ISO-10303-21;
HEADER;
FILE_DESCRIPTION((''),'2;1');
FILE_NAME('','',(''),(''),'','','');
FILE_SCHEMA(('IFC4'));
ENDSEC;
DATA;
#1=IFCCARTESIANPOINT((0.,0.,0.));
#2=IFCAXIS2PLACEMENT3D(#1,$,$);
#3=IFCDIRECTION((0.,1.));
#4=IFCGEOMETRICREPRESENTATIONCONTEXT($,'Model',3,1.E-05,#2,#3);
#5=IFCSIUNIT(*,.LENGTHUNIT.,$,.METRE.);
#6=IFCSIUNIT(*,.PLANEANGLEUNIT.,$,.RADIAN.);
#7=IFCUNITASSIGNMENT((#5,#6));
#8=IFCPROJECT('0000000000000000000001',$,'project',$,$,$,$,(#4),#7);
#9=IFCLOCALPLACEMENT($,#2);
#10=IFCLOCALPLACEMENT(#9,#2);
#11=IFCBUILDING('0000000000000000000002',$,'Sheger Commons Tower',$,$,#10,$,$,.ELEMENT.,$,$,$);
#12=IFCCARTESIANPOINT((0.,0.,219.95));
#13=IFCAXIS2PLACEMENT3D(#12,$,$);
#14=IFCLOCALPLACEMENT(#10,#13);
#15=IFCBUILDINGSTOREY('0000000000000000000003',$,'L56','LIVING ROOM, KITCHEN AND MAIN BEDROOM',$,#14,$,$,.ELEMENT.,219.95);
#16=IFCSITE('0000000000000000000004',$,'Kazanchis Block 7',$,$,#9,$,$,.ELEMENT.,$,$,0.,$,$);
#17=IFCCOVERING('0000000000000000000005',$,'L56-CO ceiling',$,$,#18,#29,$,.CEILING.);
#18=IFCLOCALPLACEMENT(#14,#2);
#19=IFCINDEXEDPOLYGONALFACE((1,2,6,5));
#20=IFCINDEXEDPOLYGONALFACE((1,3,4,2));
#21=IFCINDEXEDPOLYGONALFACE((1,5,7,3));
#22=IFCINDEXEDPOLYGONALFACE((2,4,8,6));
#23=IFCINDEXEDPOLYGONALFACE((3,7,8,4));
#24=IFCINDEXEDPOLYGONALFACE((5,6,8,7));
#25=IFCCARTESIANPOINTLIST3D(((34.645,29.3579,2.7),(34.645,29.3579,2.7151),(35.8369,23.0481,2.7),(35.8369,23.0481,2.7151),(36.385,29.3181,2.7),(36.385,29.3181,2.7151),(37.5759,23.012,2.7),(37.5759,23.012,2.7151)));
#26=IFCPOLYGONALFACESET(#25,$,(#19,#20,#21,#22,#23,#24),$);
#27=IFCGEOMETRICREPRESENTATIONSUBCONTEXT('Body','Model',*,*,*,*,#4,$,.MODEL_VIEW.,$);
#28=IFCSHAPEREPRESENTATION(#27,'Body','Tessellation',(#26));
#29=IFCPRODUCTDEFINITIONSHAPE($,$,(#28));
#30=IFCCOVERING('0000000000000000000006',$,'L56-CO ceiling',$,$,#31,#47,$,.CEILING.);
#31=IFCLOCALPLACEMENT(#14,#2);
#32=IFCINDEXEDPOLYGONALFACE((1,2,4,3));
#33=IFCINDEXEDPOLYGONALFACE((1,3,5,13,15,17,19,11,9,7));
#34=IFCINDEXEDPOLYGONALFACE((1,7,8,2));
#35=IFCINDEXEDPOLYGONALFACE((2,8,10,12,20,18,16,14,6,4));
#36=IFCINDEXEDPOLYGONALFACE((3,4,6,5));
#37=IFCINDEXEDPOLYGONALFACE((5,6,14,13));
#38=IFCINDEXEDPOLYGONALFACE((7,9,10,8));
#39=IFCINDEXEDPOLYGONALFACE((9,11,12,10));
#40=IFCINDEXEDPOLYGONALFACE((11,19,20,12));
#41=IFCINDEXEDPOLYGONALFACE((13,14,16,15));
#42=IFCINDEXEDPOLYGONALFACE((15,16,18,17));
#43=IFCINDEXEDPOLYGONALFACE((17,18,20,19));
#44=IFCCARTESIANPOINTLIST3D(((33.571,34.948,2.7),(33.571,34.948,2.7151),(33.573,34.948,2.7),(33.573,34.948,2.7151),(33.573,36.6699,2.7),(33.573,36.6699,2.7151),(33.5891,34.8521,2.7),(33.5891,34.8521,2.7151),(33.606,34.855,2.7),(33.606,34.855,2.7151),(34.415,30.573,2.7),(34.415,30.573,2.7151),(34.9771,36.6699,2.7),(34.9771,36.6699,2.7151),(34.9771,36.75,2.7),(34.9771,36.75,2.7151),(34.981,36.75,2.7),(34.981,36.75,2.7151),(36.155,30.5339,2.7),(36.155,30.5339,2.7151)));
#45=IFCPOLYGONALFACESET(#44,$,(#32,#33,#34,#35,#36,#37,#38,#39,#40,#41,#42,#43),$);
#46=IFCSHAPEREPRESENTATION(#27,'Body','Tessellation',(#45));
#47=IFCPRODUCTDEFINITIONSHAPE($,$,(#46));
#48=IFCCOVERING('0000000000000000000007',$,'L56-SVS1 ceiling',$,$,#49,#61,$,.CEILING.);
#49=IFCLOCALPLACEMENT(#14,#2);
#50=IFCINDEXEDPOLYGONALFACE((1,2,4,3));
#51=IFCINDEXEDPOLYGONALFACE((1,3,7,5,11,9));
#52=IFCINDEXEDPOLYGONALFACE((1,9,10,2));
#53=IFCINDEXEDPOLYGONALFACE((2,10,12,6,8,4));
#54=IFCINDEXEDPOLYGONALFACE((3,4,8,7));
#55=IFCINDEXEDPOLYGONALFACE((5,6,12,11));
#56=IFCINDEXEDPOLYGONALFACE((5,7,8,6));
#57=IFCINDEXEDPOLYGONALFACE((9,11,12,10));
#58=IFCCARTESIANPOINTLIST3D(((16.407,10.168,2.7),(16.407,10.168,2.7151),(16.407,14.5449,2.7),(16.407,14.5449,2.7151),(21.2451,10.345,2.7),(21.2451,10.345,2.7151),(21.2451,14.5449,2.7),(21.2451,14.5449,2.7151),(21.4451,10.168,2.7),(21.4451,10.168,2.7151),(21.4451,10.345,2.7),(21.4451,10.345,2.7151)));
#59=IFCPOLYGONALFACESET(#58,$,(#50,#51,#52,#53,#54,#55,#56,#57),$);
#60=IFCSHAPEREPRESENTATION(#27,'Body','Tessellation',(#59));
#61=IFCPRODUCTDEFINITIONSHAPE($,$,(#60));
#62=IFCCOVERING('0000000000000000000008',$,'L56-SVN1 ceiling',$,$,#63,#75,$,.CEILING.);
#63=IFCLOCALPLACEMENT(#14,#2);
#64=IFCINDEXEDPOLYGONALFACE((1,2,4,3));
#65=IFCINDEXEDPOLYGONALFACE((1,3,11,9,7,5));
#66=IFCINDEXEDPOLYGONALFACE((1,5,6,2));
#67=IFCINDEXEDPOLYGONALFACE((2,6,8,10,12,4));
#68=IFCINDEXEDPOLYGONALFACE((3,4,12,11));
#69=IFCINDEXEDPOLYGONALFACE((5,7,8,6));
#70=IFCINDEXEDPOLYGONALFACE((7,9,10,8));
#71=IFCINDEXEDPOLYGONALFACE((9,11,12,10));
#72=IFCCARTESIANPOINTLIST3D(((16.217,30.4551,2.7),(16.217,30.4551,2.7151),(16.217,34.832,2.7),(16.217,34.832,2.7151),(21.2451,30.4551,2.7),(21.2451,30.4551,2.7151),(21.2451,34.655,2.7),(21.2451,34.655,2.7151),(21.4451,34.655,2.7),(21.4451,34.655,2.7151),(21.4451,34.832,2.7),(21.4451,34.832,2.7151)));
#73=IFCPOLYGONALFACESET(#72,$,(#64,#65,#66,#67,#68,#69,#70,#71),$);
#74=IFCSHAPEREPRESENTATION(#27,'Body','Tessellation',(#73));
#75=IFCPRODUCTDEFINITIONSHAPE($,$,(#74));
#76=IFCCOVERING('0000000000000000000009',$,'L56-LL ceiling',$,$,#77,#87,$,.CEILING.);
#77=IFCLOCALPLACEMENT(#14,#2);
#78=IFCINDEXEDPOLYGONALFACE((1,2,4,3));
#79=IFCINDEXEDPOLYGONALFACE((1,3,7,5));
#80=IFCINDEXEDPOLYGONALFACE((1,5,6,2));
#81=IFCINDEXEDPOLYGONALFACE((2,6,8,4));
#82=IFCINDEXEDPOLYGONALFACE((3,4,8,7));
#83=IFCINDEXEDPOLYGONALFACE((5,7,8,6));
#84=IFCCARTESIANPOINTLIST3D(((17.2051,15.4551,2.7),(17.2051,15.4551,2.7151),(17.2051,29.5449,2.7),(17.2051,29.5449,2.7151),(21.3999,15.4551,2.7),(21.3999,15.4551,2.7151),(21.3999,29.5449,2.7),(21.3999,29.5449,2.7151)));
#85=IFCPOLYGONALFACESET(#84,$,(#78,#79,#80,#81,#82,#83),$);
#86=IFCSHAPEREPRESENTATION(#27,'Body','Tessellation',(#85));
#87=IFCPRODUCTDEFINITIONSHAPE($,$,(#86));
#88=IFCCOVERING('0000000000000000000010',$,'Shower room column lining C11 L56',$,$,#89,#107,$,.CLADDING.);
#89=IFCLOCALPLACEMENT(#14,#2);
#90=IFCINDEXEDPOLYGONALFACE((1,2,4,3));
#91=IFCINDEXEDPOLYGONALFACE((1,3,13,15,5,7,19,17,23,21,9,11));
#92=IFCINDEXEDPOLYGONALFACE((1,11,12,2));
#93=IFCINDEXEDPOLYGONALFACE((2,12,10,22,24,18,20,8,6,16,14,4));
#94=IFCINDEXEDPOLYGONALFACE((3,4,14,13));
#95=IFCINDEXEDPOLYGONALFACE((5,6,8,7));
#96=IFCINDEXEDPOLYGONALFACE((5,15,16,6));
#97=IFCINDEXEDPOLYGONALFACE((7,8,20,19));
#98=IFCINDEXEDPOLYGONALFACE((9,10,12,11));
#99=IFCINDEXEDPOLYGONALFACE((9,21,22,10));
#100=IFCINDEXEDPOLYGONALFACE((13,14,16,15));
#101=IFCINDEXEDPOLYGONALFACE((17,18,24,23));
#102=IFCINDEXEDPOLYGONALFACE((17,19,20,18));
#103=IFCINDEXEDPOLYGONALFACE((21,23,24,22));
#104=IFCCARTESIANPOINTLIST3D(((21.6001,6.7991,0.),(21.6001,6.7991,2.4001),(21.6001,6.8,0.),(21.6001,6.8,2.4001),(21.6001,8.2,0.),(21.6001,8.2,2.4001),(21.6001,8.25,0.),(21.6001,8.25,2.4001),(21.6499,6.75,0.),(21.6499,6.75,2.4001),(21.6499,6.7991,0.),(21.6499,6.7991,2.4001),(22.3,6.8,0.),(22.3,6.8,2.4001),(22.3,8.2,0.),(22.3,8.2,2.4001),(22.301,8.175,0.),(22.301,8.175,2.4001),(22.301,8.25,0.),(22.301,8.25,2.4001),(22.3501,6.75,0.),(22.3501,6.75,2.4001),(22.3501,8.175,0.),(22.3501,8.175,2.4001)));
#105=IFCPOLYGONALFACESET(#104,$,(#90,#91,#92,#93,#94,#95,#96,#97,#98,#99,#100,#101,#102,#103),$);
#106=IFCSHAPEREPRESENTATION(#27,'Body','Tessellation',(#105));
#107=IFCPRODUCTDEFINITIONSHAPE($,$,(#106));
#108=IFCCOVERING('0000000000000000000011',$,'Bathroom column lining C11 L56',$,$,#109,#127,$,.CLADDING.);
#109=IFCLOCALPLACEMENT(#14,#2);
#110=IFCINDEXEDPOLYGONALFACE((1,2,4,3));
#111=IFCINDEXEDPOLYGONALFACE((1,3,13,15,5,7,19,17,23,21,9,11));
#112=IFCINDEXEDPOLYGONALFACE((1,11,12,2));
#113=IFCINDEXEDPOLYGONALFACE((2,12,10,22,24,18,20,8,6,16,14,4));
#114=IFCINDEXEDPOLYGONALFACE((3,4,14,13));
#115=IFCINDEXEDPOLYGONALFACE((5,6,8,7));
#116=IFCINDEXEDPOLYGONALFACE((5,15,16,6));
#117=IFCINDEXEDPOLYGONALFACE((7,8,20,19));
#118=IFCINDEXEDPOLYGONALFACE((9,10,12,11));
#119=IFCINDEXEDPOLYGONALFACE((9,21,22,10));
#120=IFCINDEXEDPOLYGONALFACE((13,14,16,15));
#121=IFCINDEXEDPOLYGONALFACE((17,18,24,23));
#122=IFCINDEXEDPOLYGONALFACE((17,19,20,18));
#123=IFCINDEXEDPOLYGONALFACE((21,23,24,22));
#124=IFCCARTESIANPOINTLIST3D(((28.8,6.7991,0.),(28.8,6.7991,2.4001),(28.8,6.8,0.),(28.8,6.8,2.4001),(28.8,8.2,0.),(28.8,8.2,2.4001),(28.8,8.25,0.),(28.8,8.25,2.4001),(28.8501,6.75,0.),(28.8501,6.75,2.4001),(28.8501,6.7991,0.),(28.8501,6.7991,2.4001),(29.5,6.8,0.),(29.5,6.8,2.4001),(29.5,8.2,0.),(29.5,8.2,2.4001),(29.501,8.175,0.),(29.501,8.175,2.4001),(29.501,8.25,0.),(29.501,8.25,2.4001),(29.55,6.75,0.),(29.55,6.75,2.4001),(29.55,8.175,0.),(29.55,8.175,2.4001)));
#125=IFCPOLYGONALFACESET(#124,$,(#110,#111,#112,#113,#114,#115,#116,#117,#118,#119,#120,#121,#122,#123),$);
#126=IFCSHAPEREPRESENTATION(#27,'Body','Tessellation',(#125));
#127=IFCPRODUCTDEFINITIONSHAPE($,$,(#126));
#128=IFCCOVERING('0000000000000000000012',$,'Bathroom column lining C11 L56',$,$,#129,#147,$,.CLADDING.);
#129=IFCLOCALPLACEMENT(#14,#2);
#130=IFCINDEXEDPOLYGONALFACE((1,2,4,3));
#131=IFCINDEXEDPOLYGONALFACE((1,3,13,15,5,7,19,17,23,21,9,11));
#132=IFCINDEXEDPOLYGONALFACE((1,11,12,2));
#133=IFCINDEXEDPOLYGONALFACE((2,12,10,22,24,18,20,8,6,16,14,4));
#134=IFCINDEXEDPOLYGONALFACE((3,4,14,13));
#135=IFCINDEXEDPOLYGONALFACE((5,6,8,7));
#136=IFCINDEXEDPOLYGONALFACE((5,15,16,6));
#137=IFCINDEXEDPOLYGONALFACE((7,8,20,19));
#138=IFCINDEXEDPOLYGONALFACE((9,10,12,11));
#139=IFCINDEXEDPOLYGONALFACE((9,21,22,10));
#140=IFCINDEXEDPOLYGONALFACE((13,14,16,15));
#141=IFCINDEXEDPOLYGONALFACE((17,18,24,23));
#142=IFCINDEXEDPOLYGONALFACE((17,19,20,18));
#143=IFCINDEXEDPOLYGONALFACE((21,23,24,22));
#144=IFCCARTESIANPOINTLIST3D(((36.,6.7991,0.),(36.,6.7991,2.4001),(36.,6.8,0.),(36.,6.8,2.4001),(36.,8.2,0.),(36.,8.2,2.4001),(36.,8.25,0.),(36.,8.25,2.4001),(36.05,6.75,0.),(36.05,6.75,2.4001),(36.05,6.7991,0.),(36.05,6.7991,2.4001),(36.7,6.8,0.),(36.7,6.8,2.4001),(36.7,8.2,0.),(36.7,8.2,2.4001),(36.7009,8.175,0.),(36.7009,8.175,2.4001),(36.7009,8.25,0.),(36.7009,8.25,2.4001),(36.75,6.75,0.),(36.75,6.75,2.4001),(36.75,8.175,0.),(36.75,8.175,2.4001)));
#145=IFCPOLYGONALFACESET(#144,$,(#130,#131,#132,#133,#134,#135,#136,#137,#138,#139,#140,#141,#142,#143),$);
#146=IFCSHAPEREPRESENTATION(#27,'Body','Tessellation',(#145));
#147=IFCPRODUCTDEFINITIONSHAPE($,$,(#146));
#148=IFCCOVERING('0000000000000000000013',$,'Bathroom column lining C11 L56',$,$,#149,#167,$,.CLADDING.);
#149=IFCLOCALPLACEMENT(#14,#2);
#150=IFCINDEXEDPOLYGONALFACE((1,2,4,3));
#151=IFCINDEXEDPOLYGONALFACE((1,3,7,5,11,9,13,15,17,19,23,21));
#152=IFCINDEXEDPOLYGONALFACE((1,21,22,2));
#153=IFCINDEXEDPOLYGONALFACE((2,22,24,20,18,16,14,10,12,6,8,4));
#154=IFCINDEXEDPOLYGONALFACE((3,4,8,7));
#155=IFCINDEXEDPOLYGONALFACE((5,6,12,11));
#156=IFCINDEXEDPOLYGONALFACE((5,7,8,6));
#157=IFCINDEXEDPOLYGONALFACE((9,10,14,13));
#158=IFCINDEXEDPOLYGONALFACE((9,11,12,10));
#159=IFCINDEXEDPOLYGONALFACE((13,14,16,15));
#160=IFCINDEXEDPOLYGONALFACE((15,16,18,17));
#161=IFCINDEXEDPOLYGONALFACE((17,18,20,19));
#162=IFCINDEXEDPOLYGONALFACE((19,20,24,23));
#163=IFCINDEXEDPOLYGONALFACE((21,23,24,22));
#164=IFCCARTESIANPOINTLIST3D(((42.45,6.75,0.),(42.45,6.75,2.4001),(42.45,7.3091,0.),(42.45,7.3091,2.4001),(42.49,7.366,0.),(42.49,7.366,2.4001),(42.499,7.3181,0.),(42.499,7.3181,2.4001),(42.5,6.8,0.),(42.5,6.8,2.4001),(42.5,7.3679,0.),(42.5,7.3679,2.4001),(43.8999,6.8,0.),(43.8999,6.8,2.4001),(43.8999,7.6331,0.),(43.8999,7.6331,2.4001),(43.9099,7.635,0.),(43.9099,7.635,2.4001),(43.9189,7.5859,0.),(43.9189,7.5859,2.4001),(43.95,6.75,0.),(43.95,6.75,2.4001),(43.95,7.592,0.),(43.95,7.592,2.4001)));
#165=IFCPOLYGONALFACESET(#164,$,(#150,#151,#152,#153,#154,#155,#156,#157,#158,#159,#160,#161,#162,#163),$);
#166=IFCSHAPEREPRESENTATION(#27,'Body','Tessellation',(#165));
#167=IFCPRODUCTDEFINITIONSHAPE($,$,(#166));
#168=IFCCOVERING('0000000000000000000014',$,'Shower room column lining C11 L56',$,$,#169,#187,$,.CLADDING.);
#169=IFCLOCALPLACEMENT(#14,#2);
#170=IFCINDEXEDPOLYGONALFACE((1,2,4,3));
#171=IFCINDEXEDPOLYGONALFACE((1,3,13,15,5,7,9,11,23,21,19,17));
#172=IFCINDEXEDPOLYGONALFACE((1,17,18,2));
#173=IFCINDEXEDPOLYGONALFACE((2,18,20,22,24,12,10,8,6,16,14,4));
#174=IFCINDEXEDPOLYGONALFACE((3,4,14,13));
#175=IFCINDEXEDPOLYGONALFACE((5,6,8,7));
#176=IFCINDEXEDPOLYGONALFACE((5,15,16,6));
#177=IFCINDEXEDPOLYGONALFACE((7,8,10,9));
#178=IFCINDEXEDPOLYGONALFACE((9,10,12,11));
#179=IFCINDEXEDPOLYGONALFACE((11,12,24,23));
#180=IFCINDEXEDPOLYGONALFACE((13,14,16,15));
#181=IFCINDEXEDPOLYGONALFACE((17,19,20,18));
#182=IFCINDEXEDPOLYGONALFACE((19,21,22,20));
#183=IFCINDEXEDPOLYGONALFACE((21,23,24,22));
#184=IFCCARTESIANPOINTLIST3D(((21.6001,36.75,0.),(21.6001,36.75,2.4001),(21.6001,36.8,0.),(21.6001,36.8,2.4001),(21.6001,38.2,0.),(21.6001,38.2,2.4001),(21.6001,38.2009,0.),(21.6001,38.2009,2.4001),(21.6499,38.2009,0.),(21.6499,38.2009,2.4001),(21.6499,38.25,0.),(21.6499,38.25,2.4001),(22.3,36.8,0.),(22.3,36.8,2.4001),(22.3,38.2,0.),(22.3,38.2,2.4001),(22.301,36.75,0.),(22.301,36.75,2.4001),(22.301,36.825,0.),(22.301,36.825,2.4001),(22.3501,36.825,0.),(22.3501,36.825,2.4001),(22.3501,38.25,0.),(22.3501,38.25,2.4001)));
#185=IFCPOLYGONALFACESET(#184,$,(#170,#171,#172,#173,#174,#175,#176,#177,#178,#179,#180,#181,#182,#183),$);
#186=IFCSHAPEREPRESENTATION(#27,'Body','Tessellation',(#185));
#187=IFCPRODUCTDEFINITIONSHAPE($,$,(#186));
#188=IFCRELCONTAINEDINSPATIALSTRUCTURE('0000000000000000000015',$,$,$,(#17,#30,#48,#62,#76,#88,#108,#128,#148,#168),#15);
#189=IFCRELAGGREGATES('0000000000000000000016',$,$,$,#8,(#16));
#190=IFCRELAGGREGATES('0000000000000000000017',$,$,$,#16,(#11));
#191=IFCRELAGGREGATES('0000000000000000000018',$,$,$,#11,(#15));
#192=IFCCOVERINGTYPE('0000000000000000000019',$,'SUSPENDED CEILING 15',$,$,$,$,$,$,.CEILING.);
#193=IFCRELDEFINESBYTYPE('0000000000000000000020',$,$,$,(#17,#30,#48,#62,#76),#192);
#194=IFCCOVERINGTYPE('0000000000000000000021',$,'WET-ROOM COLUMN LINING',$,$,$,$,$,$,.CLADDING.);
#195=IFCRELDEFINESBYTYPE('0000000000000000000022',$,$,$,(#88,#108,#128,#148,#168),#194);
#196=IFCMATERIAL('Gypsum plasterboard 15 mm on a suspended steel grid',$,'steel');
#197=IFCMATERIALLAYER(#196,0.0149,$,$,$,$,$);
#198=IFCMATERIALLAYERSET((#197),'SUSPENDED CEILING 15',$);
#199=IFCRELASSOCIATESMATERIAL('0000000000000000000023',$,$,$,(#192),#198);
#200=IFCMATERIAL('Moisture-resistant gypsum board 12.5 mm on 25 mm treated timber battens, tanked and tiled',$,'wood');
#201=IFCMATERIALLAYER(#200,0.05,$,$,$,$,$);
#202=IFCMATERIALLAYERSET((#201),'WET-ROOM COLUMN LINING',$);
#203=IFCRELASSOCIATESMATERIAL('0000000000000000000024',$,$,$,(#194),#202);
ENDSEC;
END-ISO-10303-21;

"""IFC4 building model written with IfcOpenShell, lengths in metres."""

from ifc_helpers import new_model, si_unit, direction, frame, origin, place, context, subcontext, project, spatial, polyline, outline, extrude, material, layer, layer_set, type_object, element, save


model = new_model("IFC4")

# Units and contexts
model_context = context("Model", 3, precision=1e-05, world=origin(), true_north=direction((0.0, 1.0)))
body_context = subcontext(model_context, "Body", "Model", "MODEL_VIEW")
ifc_project = project(units=[si_unit("LENGTHUNIT", "METRE"), si_unit("PLANEANGLEUNIT", "RADIAN")], contexts=[model_context])

# Site, building, storey
site_placement = place(None, origin())
site = spatial("IfcSite", under=ifc_project, at=site_placement, Name="Kazanchis Block 7", CompositionType="ELEMENT", RefElevation=0.0)
building_placement = place(site_placement, origin())
building = spatial("IfcBuilding", under=site, at=building_placement, Name="Sheger Commons Tower", CompositionType="ELEMENT")
storey_placement = place(building_placement, frame((0.0, 0.0, 219.95)))
storey = spatial("IfcBuildingStorey", under=building, at=storey_placement, Name="L56", Description="LIVING ROOM, KITCHEN AND MAIN BEDROOM", CompositionType="ELEMENT", Elevation=219.95)

# Coverings
ifc_material_1 = material(Name="Gypsum plasterboard 15 mm on a suspended steel grid", Category="steel")
ifc_layer_1 = layer(ifc_material_1, 0.0149)
ifc_layer_set_1 = layer_set([ifc_layer_1], Name="SUSPENDED CEILING 15")
covering_type_1 = type_object("IfcCoveringType", Name="SUSPENDED CEILING 15", PredefinedType="CEILING", material=ifc_layer_set_1)
covering_1_placement = place(storey_placement, frame((0.0, 0.0, 2.7)))
element("IfcCovering", 1, at=covering_1_placement, inside=storey, type_object=covering_type_1, Name="L56-CO ceiling", PredefinedType="CEILING", context=body_context, shape_type="SweptSolid", body=[
    extrude(outline(polyline([(37.5759, 23.012), (36.385, 29.3181), (34.645, 29.3579), (35.8369, 23.0481), (37.5759, 23.012)])), origin(), (0.0, 0.0, 1.0), 0.0151),
])
covering_2_placement = place(storey_placement, frame((0.0, 0.0, 2.7)))
element("IfcCovering", 2, at=covering_2_placement, inside=storey, type_object=covering_type_1, Name="L56-CO ceiling", PredefinedType="CEILING", context=body_context, shape_type="SweptSolid", body=[
    extrude(outline(polyline([(36.155, 30.5339), (34.981, 36.75), (34.9771, 36.75), (34.9771, 36.6699), (33.573, 36.6699), (33.573, 34.948), (33.571, 34.948), (33.5891, 34.8521), (33.606, 34.855), (34.415, 30.573), (36.155, 30.5339)])), origin(), (0.0, 0.0, 1.0), 0.0151),
])
covering_3_placement = place(storey_placement, frame((0.0, 0.0, 2.7)))
element("IfcCovering", 3, at=covering_3_placement, inside=storey, type_object=covering_type_1, Name="L56-SVS1 ceiling", PredefinedType="CEILING", context=body_context, shape_type="SweptSolid", body=[
    extrude(outline(polyline([(16.407, 10.168), (21.4451, 10.168), (21.4451, 10.345), (21.2451, 10.345), (21.2451, 14.5449), (16.407, 14.5449), (16.407, 10.168)])), origin(), (0.0, 0.0, 1.0), 0.0151),
])
covering_4_placement = place(storey_placement, frame((0.0, 0.0, 2.7)))
element("IfcCovering", 4, at=covering_4_placement, inside=storey, type_object=covering_type_1, Name="L56-SVN1 ceiling", PredefinedType="CEILING", context=body_context, shape_type="SweptSolid", body=[
    extrude(outline(polyline([(16.217, 30.4551), (21.2451, 30.4551), (21.2451, 34.655), (21.4451, 34.655), (21.4451, 34.832), (16.217, 34.832), (16.217, 30.4551)])), origin(), (0.0, 0.0, 1.0), 0.0151),
])
covering_5_placement = place(storey_placement, frame((0.0, 0.0, 2.7)))
element("IfcCovering", 5, at=covering_5_placement, inside=storey, type_object=covering_type_1, Name="L56-LL ceiling", PredefinedType="CEILING", context=body_context, shape_type="SweptSolid", body=[
    extrude(outline(polyline([(17.2051, 15.4551), (21.3999, 15.4551), (21.3999, 29.5449), (17.2051, 29.5449), (17.2051, 15.4551)])), origin(), (0.0, 0.0, 1.0), 0.0151),
])
ifc_material_2 = material(Name="Moisture-resistant gypsum board 12.5 mm on 25 mm treated timber battens, tanked and tiled", Category="wood")
ifc_layer_2 = layer(ifc_material_2, 0.05)
ifc_layer_set_2 = layer_set([ifc_layer_2], Name="WET-ROOM COLUMN LINING")
covering_type_2 = type_object("IfcCoveringType", Name="WET-ROOM COLUMN LINING", PredefinedType="CLADDING", material=ifc_layer_set_2)
covering_6_placement = place(storey_placement, origin())
element("IfcCovering", 6, at=covering_6_placement, inside=storey, type_object=covering_type_2, Name="Shower room column lining C11 L56", PredefinedType="CLADDING", context=body_context, shape_type="SweptSolid", body=[
    extrude(outline(polyline([(22.3501, 6.75), (21.6499, 6.75), (21.6499, 6.7991), (21.6001, 6.7991), (21.6001, 6.8), (22.3, 6.8), (22.3, 8.2), (21.6001, 8.2), (21.6001, 8.25), (22.301, 8.25), (22.301, 8.175), (22.3501, 8.175), (22.3501, 6.75)])), origin(), (0.0, 0.0, 1.0), 2.4001),
])
covering_7_placement = place(storey_placement, origin())
element("IfcCovering", 7, at=covering_7_placement, inside=storey, type_object=covering_type_2, Name="Bathroom column lining C11 L56", PredefinedType="CLADDING", context=body_context, shape_type="SweptSolid", body=[
    extrude(outline(polyline([(29.55, 6.75), (28.8501, 6.75), (28.8501, 6.7991), (28.8, 6.7991), (28.8, 6.8), (29.5, 6.8), (29.5, 8.2), (28.8, 8.2), (28.8, 8.25), (29.501, 8.25), (29.501, 8.175), (29.55, 8.175), (29.55, 6.75)])), origin(), (0.0, 0.0, 1.0), 2.4001),
])
covering_8_placement = place(storey_placement, origin())
element("IfcCovering", 8, at=covering_8_placement, inside=storey, type_object=covering_type_2, Name="Bathroom column lining C11 L56", PredefinedType="CLADDING", context=body_context, shape_type="SweptSolid", body=[
    extrude(outline(polyline([(36.75, 6.75), (36.05, 6.75), (36.05, 6.7991), (36.0, 6.7991), (36.0, 6.8), (36.7, 6.8), (36.7, 8.2), (36.0, 8.2), (36.0, 8.25), (36.7009, 8.25), (36.7009, 8.175), (36.75, 8.175), (36.75, 6.75)])), origin(), (0.0, 0.0, 1.0), 2.4001),
])
covering_9_placement = place(storey_placement, origin())
element("IfcCovering", 9, at=covering_9_placement, inside=storey, type_object=covering_type_2, Name="Bathroom column lining C11 L56", PredefinedType="CLADDING", context=body_context, shape_type="SweptSolid", body=[
    extrude(outline(polyline([(42.5, 7.3679), (42.5, 6.8), (43.8999, 6.8), (43.8999, 7.6331), (43.9099, 7.635), (43.9189, 7.5859), (43.95, 7.592), (43.95, 6.75), (42.45, 6.75), (42.45, 7.3091), (42.499, 7.3181), (42.49, 7.366), (42.5, 7.3679)])), origin(), (0.0, 0.0, 1.0), 2.4001),
])
covering_10_placement = place(storey_placement, origin())
element("IfcCovering", 10, at=covering_10_placement, inside=storey, type_object=covering_type_2, Name="Shower room column lining C11 L56", PredefinedType="CLADDING", context=body_context, shape_type="SweptSolid", body=[
    extrude(outline(polyline([(22.3501, 36.825), (22.301, 36.825), (22.301, 36.75), (21.6001, 36.75), (21.6001, 36.8), (22.3, 36.8), (22.3, 38.2), (21.6001, 38.2), (21.6001, 38.2009), (21.6499, 38.2009), (21.6499, 38.25), (22.3501, 38.25), (22.3501, 36.825)])), origin(), (0.0, 0.0, 1.0), 2.4001),
])

save(model, "model.ifc")
